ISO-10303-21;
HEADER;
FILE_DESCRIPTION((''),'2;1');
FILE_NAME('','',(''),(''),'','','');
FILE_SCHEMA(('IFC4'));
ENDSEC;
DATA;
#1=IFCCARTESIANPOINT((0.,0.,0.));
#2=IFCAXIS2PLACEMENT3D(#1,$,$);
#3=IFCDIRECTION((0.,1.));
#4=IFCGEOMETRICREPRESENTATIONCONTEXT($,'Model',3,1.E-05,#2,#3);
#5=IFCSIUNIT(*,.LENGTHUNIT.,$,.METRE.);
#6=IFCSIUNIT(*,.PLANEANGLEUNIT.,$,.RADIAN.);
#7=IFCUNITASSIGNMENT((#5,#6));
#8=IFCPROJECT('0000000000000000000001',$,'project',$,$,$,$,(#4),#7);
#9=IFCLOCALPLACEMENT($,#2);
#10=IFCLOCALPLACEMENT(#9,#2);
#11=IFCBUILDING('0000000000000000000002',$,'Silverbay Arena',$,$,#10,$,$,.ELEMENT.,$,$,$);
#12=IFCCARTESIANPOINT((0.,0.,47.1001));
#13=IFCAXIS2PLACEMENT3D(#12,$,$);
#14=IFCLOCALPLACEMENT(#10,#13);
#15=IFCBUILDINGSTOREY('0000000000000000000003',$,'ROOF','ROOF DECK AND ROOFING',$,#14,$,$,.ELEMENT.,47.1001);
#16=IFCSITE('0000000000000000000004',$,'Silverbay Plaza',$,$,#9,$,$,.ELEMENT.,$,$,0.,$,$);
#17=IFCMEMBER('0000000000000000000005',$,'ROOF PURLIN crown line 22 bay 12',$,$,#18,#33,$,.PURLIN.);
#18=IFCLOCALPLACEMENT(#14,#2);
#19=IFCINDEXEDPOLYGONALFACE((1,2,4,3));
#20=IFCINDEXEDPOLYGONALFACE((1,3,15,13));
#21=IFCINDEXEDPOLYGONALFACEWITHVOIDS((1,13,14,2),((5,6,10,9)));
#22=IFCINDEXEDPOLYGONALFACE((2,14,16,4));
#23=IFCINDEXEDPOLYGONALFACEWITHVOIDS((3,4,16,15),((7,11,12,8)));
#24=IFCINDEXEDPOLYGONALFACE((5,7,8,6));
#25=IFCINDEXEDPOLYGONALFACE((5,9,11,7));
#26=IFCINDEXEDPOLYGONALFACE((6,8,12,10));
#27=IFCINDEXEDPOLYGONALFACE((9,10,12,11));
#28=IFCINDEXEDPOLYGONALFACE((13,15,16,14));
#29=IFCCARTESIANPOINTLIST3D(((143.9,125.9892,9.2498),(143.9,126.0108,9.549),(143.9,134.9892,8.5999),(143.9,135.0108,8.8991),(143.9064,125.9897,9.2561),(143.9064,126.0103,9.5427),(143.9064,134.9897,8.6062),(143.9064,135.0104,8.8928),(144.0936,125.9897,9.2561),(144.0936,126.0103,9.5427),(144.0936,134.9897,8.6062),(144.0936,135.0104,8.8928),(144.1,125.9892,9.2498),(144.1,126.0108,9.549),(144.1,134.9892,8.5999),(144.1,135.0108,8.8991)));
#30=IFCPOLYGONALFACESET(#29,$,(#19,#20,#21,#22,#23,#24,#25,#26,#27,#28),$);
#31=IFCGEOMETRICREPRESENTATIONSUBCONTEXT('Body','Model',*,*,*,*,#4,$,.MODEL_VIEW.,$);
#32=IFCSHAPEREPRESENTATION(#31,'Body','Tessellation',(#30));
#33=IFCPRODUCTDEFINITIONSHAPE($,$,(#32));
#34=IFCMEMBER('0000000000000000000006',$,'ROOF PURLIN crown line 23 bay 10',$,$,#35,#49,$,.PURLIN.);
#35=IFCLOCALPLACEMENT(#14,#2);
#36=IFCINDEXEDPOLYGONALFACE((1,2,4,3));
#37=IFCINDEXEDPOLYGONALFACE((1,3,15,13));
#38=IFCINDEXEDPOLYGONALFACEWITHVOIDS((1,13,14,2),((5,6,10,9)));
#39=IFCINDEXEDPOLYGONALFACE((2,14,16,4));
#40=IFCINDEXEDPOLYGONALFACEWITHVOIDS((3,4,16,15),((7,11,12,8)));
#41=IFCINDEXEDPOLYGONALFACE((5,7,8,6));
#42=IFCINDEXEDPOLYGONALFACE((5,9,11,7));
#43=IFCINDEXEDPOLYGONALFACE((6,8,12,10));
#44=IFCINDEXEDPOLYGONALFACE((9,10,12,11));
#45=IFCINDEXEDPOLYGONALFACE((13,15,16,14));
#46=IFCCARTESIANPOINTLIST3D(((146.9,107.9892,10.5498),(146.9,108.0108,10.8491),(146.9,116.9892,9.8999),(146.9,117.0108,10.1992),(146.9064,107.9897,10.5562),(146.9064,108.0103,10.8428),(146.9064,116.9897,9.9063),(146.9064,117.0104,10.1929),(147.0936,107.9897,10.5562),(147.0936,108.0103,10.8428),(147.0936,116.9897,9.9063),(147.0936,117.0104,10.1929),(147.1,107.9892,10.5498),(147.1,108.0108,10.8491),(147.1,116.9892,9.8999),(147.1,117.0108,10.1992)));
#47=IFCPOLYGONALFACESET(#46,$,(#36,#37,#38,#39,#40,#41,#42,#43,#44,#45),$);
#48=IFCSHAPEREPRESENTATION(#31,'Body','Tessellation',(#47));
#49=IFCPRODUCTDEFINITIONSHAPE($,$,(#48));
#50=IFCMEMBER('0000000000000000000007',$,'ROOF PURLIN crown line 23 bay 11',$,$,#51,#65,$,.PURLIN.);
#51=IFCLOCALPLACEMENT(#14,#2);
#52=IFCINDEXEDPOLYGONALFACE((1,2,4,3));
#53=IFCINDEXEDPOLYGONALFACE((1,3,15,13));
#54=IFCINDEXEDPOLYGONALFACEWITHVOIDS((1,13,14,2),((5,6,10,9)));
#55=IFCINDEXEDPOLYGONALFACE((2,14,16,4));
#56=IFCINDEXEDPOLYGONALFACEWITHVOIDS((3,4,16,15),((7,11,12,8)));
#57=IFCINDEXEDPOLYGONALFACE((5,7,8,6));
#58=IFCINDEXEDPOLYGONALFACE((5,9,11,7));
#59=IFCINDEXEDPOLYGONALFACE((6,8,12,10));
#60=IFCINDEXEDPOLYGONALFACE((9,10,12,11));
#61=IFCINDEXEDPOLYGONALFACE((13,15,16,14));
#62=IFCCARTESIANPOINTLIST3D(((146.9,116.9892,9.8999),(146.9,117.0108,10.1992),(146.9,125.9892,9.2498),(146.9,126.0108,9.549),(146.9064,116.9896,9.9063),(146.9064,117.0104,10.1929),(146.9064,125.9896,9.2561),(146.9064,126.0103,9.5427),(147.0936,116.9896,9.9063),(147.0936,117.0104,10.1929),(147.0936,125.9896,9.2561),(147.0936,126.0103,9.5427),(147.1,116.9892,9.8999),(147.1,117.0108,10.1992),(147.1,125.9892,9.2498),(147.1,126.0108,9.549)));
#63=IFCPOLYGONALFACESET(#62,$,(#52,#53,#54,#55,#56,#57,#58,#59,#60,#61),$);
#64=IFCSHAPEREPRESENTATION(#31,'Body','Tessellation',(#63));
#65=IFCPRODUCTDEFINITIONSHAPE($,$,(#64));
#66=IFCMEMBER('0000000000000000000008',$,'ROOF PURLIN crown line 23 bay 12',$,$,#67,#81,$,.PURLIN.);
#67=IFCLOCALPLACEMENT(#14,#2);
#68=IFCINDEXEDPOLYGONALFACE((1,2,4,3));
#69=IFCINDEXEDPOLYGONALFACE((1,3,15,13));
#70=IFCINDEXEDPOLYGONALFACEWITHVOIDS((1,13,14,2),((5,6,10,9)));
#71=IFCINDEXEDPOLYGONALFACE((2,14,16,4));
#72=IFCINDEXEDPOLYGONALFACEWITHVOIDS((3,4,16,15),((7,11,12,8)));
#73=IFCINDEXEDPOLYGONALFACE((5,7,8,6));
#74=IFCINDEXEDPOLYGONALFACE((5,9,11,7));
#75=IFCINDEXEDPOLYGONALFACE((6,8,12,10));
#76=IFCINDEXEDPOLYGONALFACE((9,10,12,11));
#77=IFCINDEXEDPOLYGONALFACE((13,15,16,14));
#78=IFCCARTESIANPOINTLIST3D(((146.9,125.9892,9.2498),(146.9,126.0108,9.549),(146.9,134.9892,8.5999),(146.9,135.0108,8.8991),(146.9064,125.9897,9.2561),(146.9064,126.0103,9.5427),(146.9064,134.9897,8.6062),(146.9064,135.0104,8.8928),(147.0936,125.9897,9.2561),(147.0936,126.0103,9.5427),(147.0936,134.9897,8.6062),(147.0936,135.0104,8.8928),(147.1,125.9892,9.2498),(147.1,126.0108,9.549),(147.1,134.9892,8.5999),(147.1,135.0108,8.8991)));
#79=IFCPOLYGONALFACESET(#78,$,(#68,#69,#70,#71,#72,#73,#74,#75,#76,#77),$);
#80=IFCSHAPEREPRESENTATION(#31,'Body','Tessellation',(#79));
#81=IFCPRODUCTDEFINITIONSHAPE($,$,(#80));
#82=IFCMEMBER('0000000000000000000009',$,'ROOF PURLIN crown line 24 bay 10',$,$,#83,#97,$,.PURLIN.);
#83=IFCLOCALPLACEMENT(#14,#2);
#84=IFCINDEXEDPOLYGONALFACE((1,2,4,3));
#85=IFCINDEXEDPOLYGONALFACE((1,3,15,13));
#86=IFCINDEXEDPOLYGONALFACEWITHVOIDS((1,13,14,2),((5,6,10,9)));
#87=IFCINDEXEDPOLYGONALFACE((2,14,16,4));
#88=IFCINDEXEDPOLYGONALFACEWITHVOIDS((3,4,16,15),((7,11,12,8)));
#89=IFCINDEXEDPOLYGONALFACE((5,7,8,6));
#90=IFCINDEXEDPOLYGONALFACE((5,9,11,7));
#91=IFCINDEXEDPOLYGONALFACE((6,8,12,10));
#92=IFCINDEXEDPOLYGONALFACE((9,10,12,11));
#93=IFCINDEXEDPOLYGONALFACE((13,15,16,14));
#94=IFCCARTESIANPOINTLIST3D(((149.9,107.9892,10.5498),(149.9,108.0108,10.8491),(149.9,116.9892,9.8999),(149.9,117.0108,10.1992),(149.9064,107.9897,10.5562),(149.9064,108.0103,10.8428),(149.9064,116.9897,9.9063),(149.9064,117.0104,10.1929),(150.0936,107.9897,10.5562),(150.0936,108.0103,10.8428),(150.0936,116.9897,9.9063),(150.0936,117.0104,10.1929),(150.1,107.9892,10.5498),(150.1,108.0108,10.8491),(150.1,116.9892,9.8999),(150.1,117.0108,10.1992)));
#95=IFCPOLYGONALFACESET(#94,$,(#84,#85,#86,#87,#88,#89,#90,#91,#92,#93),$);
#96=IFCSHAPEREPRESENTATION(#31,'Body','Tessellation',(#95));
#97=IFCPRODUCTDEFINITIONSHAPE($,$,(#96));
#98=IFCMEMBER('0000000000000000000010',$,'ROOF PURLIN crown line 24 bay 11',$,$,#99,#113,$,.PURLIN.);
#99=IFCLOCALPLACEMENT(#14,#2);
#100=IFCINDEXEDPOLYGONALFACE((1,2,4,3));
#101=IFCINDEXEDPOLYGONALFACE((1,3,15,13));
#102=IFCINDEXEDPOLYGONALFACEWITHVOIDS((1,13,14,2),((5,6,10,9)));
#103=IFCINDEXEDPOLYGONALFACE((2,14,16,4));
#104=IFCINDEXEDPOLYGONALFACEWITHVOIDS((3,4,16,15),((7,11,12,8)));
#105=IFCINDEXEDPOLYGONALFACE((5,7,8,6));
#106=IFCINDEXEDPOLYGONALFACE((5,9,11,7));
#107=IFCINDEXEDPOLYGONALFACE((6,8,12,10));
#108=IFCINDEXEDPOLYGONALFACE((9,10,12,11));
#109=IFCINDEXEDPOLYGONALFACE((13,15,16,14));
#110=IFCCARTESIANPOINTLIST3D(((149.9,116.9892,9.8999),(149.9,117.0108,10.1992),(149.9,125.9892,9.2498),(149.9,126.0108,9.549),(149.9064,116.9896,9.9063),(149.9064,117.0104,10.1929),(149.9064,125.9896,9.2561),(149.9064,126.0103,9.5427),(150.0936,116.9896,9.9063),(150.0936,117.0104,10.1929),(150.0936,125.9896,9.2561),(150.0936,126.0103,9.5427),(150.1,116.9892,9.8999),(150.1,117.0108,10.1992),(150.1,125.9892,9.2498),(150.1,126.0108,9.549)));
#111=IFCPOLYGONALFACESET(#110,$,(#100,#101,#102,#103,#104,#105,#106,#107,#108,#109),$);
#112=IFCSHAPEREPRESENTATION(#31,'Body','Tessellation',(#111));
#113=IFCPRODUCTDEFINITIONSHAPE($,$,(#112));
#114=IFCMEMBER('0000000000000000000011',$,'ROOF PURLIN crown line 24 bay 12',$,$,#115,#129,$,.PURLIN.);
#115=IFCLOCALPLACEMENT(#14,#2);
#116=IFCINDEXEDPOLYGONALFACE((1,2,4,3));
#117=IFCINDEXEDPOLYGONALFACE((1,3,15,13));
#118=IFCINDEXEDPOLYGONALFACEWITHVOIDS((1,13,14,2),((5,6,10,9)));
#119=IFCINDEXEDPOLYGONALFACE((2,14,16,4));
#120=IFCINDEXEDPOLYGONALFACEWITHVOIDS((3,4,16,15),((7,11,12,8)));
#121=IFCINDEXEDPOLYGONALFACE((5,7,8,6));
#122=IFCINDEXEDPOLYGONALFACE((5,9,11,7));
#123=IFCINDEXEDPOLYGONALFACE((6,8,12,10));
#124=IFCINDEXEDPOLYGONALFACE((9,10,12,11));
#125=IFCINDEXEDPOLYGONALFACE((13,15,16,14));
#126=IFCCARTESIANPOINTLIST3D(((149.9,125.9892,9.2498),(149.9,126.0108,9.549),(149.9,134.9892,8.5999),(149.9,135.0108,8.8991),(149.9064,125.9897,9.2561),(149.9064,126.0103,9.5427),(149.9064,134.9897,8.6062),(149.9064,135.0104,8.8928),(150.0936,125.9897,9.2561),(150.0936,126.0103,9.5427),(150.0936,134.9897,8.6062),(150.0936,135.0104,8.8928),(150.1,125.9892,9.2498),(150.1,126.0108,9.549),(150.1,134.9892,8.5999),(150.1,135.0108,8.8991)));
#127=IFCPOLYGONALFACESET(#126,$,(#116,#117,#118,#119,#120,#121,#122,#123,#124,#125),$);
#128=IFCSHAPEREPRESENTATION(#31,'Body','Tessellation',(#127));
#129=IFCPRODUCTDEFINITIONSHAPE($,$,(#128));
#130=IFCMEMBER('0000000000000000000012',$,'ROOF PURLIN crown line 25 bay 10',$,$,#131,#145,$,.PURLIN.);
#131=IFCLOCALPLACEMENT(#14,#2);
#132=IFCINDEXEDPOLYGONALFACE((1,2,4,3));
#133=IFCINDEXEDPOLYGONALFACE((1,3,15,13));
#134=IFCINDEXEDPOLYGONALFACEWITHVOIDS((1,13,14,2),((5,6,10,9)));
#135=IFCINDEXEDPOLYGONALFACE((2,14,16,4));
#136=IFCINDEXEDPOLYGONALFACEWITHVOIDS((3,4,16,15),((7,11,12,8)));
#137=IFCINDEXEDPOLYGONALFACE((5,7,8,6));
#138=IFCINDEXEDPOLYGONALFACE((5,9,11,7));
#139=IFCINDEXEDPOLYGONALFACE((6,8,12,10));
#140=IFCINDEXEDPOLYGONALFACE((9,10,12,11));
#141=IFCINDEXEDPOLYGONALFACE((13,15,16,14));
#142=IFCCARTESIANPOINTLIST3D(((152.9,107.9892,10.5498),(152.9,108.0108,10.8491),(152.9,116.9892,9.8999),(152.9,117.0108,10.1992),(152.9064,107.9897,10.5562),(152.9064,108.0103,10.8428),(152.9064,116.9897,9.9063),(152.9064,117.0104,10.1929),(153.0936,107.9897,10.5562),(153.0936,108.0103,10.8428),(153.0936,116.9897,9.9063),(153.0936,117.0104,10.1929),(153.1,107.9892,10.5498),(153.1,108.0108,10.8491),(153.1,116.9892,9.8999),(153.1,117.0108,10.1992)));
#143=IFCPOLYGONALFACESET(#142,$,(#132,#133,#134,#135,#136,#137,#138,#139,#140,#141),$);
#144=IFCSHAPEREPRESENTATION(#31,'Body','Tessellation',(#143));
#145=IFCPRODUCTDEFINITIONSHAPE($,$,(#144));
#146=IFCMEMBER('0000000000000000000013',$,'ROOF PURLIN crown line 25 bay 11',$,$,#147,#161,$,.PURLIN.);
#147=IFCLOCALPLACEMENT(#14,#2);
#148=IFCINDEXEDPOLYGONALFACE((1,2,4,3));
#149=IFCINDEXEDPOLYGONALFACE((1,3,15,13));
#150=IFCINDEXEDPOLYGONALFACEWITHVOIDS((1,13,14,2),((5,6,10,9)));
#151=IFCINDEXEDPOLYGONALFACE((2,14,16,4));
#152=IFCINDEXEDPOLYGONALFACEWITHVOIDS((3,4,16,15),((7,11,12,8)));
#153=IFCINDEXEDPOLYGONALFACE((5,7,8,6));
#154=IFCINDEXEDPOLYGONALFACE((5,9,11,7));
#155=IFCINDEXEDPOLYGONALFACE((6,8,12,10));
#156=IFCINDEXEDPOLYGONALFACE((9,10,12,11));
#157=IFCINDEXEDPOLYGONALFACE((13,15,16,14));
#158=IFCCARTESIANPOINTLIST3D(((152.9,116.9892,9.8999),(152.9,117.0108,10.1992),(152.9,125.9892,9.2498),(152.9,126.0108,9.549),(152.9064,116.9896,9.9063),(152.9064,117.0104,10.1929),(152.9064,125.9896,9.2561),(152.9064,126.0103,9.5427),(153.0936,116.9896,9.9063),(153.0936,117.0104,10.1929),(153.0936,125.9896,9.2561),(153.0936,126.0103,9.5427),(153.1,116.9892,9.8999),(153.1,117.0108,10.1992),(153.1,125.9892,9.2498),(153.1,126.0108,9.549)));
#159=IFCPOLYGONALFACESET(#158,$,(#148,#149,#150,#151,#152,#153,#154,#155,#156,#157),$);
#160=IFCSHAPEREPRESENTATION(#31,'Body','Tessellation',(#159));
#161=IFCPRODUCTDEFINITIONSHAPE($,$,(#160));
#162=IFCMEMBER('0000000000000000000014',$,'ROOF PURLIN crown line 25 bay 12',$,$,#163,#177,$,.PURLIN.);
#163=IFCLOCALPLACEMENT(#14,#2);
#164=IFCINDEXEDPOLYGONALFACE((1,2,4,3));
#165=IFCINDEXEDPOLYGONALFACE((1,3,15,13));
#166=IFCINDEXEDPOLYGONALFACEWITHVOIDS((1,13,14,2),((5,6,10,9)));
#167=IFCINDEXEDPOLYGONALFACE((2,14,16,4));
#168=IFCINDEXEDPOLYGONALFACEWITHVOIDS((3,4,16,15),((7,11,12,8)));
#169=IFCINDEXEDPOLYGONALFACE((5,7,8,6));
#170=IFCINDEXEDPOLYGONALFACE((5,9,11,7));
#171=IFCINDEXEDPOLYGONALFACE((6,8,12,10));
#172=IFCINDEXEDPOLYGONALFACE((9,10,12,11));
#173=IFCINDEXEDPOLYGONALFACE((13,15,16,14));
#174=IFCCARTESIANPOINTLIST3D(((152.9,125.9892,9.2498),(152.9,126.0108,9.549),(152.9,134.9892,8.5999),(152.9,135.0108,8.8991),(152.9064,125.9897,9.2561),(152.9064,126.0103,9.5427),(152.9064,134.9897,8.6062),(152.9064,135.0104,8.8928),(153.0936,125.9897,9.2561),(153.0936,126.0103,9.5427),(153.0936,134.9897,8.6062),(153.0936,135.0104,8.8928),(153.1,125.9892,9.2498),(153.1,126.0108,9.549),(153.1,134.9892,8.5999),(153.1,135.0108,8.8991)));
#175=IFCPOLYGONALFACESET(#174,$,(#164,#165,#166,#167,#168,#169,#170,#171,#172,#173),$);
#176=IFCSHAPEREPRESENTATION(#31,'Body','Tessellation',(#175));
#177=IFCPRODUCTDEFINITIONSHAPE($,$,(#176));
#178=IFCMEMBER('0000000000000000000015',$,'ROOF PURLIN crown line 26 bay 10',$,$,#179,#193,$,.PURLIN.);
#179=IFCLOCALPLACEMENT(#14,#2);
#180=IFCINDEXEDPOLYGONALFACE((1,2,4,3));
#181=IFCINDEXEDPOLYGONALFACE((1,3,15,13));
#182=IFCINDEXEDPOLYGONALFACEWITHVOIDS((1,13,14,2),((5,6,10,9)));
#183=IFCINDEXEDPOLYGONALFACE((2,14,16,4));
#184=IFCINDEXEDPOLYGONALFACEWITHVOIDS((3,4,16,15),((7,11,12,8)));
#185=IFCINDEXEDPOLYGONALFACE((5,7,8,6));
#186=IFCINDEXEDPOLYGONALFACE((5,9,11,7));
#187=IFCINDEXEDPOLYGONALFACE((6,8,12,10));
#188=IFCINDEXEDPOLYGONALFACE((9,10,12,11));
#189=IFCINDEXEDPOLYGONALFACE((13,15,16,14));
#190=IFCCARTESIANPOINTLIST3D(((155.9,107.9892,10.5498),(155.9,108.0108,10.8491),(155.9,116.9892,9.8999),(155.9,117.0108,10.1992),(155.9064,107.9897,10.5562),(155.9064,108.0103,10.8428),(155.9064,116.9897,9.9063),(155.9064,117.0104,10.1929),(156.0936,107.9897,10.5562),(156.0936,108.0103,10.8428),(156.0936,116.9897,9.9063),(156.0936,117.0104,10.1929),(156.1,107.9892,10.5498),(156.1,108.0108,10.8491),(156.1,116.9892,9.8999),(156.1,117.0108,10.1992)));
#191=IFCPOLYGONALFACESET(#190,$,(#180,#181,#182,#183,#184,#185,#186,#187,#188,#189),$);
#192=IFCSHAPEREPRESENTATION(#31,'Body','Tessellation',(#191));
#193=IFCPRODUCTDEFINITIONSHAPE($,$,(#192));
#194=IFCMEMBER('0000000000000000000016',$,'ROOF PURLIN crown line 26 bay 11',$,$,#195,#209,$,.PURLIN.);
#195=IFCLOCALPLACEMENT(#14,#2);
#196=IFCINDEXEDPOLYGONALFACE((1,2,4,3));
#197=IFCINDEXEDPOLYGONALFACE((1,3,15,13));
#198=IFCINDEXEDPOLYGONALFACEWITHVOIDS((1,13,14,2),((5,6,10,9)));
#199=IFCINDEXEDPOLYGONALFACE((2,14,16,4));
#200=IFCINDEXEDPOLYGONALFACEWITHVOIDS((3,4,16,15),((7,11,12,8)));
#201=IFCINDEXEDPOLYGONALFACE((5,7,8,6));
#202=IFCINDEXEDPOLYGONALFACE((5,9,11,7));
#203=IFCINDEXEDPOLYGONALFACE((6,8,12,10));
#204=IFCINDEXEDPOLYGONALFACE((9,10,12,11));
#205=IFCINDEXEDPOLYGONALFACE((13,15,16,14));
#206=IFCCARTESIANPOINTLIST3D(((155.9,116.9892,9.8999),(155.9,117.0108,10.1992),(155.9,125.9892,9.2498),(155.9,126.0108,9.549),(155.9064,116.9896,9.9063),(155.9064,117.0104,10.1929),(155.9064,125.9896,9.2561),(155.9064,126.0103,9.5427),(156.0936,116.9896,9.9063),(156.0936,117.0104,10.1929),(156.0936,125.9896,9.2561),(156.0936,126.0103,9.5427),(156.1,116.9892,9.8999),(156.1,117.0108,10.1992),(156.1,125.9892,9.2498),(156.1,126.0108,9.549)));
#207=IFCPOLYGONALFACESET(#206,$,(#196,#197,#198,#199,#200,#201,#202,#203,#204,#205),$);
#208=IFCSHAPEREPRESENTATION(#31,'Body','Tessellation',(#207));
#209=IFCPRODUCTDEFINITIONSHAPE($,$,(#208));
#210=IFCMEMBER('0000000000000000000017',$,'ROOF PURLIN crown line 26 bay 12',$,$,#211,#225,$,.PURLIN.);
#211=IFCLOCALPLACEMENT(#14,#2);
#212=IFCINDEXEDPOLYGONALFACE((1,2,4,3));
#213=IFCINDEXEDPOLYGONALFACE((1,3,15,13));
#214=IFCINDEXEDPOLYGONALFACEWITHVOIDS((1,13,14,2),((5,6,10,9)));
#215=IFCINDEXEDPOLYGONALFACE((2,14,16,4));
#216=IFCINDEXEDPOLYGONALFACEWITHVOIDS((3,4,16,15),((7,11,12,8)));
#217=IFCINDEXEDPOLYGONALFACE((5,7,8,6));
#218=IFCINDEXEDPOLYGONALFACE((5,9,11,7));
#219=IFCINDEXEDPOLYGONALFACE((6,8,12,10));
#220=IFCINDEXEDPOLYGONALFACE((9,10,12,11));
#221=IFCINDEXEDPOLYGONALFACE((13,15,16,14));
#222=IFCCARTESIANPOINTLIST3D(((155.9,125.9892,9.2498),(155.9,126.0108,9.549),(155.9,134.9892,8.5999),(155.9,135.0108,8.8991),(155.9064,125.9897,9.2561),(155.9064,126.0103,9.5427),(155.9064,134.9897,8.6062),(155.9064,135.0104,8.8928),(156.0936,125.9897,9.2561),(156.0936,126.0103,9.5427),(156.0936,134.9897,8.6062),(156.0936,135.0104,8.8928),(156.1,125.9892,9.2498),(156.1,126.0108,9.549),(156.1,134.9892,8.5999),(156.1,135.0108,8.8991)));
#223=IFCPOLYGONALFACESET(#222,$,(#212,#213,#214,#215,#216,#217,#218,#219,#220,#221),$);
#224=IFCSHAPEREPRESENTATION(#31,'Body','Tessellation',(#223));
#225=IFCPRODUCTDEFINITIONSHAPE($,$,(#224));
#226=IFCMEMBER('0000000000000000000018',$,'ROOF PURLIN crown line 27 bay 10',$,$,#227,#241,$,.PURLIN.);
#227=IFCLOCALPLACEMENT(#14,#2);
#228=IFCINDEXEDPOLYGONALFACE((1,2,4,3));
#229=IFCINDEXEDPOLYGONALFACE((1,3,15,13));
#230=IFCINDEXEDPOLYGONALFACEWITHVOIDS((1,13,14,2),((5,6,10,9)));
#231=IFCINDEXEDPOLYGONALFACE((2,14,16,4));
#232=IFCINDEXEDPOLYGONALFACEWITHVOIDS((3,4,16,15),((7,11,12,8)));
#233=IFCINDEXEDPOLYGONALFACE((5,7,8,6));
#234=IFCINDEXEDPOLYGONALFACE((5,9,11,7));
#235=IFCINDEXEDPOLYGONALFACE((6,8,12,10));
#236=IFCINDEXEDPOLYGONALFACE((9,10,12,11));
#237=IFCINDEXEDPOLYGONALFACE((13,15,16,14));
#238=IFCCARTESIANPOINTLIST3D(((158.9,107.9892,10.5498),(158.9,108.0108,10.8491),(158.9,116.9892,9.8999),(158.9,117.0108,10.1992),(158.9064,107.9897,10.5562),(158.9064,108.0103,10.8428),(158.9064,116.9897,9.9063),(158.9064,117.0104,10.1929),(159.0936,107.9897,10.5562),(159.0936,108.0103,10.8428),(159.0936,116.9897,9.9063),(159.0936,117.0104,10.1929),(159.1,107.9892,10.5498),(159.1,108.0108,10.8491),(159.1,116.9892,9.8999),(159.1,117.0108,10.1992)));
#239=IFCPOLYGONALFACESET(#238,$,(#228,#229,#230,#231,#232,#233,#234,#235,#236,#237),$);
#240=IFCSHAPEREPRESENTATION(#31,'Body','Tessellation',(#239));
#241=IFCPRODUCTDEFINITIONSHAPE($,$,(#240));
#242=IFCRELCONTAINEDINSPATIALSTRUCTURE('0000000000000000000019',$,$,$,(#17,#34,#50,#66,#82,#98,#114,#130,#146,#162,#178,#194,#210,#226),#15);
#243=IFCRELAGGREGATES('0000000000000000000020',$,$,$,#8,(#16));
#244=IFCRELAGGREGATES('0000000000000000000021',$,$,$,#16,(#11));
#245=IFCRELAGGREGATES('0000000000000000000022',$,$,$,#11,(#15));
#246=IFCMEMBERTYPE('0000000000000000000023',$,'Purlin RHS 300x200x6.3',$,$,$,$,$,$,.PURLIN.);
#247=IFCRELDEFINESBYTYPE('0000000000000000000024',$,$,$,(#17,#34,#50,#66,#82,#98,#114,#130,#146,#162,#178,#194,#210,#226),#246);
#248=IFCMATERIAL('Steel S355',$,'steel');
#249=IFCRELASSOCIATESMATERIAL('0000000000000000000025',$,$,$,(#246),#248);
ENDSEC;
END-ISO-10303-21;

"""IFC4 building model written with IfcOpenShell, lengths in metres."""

from ifc_helpers import new_model, si_unit, direction, frame, origin, origin_2d, place, context, subcontext, project, spatial, hollow_rectangle, extrude, material, material_profile, profile_set, type_object, element, save


model = new_model("IFC4")

# Units and contexts
model_context = context("Model", 3, precision=1e-05, world=origin(), true_north=direction((0.0, 1.0)))
body_context = subcontext(model_context, "Body", "Model", "MODEL_VIEW")
ifc_project = project(units=[si_unit("LENGTHUNIT", "METRE"), si_unit("PLANEANGLEUNIT", "RADIAN")], contexts=[model_context])

# Site, building, storey
site_placement = place(None, origin())
site = spatial("IfcSite", under=ifc_project, at=site_placement, Name="Silverbay Plaza", CompositionType="ELEMENT", RefElevation=0.0)
building_placement = place(site_placement, origin())
building = spatial("IfcBuilding", under=site, at=building_placement, Name="Silverbay Arena", CompositionType="ELEMENT")
storey_placement = place(building_placement, frame((0.0, 0.0, 47.1001)))
storey = spatial("IfcBuildingStorey", under=building, at=storey_placement, Name="ROOF", Description="ROOF DECK AND ROOFING", CompositionType="ELEMENT", Elevation=47.1001)

# Members
ifc_material_1 = material(Name="Steel S355", Category="steel")
ifc_material_profile_1 = material_profile(ifc_material_1, hollow_rectangle(XDim=0.2, YDim=0.3, WallThickness=0.0063, at=origin_2d()), Name="RHS 300x200x6.3")
ifc_profile_set_1 = profile_set([ifc_material_profile_1], Name="Steel S355")
member_type_1 = type_object("IfcMemberType", Name="Purlin RHS 300x200x6.3", PredefinedType="PURLIN", material=ifc_profile_set_1)
for number, where, z_axis, x_axis, name in (
    (1, (144.0, 126.0, 9.3994), (0.0, 0.997403, -0.072024), (-1.0, 0.0, 0.0), "ROOF PURLIN crown line 22 bay 12"),
    (2, (147.0, 108.0, 10.6995), (0.0, 0.997403, -0.072024), (-1.0, 0.0, 0.0), "ROOF PURLIN crown line 23 bay 10"),
    (3, (147.0, 117.0, 10.0496), (0.0, 0.997401, -0.072051), (-1.0, 0.0, 0.0), "ROOF PURLIN crown line 23 bay 11"),
    (4, (147.0, 126.0, 9.3994), (0.0, 0.997403, -0.072024), (-1.0, 0.0, 0.0), "ROOF PURLIN crown line 23 bay 12"),
    (5, (150.0, 108.0, 10.6995), (0.0, 0.997403, -0.072024), (-1.0, 0.0, 0.0), "ROOF PURLIN crown line 24 bay 10"),
    (6, (150.0, 117.0, 10.0496), (0.0, 0.997401, -0.072051), (-1.0, 0.0, 0.0), "ROOF PURLIN crown line 24 bay 11"),
    (7, (150.0, 126.0, 9.3994), (0.0, 0.997403, -0.072024), (-1.0, 0.0, 0.0), "ROOF PURLIN crown line 24 bay 12"),
    (8, (153.0, 108.0, 10.6995), (0.0, 0.997403, -0.072024), (-1.0, 0.0, 0.0), "ROOF PURLIN crown line 25 bay 10"),
    (9, (153.0, 117.0, 10.0496), (0.0, 0.997401, -0.072051), (-1.0, 0.0, 0.0), "ROOF PURLIN crown line 25 bay 11"),
    (10, (153.0, 126.0, 9.3994), (0.0, 0.997403, -0.072024), (-1.0, 0.0, 0.0), "ROOF PURLIN crown line 25 bay 12"),
    (11, (156.0, 108.0, 10.6995), (0.0, 0.997403, -0.072024), (-1.0, 0.0, 0.0), "ROOF PURLIN crown line 26 bay 10"),
    (12, (156.0, 117.0, 10.0496), (0.0, 0.997401, -0.072051), (-1.0, 0.0, 0.0), "ROOF PURLIN crown line 26 bay 11"),
    (13, (156.0, 126.0, 9.3994), (0.0, 0.997403, -0.072024), (-1.0, 0.0, 0.0), "ROOF PURLIN crown line 26 bay 12"),
    (14, (159.0, 108.0, 10.6995), (0.0, 0.997403, -0.072024), (-1.0, 0.0, 0.0), "ROOF PURLIN crown line 27 bay 10"),
):
    element("IfcMember", number, at=place(storey_placement, frame(where, z_axis=z_axis, x_axis=x_axis)), inside=storey, type_object=member_type_1, Name=name, PredefinedType="PURLIN", context=body_context, shape_type="SweptSolid", body=[
        extrude(hollow_rectangle(XDim=0.2, YDim=0.3, WallThickness=0.0063, at=origin_2d()), origin(), (0.0, 0.0, 1.0), 9.0234),
    ])

save(model, "model.ifc")
